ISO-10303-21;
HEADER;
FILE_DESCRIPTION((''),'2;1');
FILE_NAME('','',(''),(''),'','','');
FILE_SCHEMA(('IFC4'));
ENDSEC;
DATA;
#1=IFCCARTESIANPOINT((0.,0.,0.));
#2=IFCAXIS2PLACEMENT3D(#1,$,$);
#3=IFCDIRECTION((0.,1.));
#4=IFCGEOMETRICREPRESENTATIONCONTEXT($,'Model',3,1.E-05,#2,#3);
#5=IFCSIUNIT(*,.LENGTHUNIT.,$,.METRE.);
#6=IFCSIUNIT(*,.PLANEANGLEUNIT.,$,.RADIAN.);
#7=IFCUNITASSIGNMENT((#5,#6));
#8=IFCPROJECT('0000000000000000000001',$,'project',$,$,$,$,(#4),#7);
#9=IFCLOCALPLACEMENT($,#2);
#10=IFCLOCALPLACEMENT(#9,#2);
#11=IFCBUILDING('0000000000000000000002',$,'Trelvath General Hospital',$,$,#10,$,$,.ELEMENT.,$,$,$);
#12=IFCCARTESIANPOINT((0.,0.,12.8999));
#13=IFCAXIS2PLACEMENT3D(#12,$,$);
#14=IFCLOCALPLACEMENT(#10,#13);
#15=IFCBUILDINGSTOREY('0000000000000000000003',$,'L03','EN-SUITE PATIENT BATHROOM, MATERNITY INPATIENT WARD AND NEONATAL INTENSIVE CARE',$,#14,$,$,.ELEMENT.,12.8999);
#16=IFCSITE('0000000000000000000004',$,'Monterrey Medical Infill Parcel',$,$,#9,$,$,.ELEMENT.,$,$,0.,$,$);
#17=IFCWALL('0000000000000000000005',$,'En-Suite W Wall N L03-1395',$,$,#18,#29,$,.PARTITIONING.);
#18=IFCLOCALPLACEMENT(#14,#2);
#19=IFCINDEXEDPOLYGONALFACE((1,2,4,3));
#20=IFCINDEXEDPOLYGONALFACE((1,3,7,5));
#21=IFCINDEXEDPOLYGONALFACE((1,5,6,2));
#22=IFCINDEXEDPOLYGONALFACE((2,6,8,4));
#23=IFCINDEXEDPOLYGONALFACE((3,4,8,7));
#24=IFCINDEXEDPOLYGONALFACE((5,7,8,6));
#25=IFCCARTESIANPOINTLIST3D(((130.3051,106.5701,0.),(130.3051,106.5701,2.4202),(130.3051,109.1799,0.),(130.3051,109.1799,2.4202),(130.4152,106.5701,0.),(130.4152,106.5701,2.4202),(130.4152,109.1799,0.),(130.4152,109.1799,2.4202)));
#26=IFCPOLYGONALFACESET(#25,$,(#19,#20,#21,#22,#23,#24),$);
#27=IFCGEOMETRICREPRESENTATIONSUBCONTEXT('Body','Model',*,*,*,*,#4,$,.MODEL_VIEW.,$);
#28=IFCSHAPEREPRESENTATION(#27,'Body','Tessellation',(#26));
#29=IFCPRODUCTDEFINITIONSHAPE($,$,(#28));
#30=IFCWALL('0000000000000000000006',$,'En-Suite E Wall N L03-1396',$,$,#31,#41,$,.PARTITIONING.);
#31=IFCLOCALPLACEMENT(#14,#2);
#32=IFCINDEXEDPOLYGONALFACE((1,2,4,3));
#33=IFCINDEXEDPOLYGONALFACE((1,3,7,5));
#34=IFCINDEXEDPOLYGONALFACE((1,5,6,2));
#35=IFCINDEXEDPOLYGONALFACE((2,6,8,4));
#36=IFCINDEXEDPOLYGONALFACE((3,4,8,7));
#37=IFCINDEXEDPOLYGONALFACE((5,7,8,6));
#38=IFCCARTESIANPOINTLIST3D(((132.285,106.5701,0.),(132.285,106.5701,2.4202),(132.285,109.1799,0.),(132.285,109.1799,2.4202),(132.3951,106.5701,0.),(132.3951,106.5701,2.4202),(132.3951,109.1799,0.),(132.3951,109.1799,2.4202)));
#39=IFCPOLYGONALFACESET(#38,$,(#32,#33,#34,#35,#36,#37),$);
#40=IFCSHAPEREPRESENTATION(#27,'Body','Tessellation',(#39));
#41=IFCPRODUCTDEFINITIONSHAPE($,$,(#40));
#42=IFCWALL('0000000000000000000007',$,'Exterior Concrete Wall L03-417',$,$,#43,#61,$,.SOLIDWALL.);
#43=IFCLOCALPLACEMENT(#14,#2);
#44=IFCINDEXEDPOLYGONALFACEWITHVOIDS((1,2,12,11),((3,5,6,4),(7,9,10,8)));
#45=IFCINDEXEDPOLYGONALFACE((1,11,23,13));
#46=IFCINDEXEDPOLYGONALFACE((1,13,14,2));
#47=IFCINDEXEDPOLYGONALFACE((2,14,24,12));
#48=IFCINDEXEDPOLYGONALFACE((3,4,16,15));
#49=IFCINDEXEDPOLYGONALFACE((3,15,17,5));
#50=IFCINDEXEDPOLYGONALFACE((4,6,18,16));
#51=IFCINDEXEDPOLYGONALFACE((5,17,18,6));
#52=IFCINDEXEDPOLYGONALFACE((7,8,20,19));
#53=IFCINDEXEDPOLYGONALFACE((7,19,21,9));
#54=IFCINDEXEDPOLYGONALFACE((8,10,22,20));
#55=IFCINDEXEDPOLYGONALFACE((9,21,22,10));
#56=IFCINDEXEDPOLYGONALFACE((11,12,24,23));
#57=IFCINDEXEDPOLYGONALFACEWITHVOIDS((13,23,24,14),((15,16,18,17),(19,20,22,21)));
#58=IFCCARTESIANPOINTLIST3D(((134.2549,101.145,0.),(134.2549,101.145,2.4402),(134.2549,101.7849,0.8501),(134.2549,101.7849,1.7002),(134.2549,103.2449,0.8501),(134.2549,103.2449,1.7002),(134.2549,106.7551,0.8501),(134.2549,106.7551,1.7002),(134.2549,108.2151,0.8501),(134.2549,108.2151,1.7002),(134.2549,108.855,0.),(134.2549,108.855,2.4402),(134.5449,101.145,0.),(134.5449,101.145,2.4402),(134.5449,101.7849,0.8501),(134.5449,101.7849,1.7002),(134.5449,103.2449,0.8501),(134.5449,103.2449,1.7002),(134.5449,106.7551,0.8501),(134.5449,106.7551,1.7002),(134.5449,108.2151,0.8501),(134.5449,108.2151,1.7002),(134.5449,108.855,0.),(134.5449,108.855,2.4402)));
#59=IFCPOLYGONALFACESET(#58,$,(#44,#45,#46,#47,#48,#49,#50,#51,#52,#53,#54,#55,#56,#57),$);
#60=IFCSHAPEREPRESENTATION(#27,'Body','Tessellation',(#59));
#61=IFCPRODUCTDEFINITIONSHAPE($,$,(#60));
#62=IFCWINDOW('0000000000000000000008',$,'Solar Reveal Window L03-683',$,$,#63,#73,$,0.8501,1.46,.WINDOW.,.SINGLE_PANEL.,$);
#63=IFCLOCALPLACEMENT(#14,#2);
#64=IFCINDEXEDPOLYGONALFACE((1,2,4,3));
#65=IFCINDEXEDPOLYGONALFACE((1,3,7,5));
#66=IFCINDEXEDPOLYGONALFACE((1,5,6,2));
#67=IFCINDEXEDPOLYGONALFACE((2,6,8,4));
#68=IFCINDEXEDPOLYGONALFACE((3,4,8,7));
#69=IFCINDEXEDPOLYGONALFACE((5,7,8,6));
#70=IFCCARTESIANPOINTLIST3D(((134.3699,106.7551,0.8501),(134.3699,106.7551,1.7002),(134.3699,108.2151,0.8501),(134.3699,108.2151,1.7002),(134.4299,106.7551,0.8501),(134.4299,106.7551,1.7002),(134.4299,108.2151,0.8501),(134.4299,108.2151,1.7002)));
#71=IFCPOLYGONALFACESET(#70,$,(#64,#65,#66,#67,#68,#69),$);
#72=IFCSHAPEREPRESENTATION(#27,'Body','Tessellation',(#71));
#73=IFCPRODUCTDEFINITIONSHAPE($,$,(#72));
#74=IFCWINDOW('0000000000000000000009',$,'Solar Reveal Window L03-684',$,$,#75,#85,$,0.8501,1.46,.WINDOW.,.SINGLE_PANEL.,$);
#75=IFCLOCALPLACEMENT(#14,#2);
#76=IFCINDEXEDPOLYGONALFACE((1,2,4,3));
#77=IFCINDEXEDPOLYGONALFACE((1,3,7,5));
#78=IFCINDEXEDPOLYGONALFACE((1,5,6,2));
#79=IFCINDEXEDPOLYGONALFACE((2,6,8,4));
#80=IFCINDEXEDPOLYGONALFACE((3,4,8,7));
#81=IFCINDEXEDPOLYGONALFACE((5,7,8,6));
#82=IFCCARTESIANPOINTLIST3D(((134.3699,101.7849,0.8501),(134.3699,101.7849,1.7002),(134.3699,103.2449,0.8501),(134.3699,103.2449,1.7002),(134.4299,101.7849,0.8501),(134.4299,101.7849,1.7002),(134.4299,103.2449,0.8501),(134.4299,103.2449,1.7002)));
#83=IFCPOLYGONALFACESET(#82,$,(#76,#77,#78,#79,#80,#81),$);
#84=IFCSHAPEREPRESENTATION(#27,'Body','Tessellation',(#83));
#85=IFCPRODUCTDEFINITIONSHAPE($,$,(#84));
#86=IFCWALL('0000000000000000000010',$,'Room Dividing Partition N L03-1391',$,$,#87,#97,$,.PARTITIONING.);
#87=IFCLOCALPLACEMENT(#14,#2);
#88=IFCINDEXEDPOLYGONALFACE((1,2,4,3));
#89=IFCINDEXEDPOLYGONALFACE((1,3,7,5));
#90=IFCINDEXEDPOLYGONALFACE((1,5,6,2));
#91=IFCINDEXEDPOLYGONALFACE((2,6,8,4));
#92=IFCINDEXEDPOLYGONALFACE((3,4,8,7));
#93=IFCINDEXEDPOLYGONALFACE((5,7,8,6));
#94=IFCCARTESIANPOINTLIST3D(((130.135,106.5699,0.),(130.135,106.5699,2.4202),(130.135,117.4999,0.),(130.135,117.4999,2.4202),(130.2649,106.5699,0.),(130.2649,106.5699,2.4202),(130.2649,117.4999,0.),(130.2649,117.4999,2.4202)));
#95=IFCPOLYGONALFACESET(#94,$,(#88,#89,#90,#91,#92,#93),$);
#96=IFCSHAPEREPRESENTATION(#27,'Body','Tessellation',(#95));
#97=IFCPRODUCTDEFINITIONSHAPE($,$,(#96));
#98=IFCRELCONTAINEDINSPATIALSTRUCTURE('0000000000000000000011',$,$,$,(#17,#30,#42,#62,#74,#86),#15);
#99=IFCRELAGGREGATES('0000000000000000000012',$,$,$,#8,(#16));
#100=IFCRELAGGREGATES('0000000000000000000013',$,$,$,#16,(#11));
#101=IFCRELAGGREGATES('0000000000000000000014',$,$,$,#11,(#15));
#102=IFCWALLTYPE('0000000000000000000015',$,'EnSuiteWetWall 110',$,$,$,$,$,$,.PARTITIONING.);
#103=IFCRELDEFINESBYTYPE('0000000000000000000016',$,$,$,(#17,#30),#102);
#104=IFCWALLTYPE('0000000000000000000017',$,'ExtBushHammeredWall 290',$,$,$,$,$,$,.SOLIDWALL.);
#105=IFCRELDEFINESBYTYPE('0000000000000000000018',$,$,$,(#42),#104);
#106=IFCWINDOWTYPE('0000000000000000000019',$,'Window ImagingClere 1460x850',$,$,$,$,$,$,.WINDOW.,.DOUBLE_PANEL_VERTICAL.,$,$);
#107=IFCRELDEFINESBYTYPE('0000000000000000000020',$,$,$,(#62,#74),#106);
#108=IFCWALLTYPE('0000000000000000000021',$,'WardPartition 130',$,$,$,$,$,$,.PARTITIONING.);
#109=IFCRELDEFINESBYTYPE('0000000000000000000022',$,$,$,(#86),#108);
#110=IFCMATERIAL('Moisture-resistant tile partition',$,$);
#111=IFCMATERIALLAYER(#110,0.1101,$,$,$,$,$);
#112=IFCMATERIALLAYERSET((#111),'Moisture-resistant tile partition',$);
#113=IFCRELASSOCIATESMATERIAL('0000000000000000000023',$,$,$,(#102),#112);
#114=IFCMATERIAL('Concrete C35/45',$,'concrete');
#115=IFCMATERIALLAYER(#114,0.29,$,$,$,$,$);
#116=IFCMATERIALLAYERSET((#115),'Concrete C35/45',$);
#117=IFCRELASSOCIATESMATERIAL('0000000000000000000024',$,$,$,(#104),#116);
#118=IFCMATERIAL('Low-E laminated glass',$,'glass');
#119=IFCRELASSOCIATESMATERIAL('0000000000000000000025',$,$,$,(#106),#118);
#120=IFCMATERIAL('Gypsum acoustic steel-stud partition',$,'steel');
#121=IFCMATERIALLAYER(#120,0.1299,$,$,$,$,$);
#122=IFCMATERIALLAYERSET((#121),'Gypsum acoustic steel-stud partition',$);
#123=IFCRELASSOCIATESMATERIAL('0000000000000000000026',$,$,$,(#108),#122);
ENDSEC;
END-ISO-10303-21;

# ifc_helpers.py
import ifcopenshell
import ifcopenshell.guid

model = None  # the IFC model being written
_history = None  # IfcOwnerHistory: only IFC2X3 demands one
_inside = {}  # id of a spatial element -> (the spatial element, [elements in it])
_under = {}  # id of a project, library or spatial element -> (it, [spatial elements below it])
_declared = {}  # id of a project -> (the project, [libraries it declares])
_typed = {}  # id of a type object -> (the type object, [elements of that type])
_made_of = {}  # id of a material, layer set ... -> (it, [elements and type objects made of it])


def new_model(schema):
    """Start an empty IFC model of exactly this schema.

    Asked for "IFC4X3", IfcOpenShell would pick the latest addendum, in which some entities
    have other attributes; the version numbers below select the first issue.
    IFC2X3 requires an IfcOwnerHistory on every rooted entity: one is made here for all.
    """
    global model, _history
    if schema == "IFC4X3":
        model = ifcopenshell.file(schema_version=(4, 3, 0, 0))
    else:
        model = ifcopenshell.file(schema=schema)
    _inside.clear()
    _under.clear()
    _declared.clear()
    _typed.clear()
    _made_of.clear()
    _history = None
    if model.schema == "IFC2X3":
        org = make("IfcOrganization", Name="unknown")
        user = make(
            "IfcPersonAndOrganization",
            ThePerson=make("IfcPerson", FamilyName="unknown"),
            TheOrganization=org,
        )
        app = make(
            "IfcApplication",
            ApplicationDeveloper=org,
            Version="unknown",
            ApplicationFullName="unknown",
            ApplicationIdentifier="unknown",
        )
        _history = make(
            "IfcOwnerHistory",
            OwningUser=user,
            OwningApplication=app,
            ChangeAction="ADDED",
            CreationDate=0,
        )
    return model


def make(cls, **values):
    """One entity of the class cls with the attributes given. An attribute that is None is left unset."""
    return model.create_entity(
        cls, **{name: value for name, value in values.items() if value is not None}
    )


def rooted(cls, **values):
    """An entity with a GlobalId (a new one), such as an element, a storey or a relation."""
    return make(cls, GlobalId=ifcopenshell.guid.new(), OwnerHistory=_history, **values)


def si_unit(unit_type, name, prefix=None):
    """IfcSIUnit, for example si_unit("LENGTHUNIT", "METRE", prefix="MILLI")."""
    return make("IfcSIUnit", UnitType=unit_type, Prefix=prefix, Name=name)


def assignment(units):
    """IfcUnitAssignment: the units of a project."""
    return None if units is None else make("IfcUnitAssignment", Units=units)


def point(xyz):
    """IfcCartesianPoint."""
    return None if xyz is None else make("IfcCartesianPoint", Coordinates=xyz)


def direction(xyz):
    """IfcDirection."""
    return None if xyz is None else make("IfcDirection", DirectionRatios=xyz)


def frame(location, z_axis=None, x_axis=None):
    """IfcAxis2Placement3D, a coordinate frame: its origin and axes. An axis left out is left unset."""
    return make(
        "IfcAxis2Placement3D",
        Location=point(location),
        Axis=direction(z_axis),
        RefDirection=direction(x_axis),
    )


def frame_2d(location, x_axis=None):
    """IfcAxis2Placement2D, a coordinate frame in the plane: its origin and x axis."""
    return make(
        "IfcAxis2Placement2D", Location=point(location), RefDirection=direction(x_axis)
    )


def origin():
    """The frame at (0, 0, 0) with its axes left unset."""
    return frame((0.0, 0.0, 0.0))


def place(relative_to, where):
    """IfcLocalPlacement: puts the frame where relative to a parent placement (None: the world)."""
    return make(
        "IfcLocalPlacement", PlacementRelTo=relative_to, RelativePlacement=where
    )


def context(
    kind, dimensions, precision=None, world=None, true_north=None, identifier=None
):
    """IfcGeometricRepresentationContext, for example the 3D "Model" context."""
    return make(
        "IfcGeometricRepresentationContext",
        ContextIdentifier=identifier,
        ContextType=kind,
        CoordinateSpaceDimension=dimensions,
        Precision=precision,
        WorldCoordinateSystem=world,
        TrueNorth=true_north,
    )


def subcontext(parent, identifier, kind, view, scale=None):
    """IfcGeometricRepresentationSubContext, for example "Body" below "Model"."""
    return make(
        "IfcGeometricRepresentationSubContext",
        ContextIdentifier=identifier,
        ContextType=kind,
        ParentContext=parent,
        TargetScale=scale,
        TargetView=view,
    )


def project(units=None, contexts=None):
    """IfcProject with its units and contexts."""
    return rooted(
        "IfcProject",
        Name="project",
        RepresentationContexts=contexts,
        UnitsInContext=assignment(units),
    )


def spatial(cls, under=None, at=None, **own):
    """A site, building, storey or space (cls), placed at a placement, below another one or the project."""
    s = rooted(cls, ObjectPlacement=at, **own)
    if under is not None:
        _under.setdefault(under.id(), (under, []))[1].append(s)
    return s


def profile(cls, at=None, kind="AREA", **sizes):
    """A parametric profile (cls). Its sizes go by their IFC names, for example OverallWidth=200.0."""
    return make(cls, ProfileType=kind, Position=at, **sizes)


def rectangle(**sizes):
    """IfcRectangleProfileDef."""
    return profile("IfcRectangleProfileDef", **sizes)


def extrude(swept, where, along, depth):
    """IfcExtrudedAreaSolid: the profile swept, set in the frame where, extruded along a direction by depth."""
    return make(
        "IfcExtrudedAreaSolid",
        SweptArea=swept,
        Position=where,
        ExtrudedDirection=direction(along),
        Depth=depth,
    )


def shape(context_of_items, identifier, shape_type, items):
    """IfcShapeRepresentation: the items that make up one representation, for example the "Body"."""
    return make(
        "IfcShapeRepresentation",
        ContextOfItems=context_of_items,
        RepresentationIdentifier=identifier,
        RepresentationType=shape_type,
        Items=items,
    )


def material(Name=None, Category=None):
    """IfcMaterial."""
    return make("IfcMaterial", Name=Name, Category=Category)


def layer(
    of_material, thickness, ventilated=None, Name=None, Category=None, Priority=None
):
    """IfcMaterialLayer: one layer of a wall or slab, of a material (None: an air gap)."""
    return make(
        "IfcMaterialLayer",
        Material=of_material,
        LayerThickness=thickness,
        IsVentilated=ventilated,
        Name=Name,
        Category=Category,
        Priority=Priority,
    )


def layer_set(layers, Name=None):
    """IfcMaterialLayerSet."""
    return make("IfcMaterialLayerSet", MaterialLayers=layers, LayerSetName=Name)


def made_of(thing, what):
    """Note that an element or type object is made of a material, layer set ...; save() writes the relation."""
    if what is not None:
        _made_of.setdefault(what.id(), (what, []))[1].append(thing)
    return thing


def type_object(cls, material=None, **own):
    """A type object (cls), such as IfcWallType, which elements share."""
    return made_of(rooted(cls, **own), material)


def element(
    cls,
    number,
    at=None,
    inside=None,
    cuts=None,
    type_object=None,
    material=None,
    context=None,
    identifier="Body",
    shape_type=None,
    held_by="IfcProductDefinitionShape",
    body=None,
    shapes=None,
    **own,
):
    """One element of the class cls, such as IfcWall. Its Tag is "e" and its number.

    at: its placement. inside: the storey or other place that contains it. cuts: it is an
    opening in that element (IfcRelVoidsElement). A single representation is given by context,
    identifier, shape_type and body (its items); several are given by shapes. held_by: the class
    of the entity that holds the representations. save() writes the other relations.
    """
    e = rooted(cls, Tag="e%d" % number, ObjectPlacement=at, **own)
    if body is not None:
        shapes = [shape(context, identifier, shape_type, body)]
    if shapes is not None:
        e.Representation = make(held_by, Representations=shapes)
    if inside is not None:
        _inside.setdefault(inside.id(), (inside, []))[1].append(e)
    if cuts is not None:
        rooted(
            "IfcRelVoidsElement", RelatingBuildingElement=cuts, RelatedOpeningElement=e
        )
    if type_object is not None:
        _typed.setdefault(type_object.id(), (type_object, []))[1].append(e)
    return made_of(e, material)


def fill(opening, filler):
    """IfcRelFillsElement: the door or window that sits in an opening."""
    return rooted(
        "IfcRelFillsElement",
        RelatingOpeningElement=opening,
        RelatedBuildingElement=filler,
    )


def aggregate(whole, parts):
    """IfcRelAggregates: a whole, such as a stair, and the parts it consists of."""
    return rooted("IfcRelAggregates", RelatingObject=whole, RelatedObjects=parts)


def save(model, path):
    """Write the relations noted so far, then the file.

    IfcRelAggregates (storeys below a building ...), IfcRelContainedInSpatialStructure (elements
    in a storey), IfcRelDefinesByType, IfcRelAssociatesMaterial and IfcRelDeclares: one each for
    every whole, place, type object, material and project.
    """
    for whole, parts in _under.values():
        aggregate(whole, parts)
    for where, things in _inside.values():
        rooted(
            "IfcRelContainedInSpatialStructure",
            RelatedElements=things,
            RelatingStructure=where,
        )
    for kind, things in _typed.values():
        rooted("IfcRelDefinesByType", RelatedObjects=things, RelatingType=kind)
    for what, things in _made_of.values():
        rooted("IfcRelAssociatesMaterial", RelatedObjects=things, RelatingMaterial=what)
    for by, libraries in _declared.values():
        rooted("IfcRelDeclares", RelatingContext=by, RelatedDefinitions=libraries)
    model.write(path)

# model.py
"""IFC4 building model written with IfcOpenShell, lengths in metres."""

from ifc_helpers import new_model, si_unit, direction, frame, frame_2d, origin, place, context, subcontext, project, spatial, rectangle, extrude, material, layer, layer_set, type_object, element, fill, save


model = new_model("IFC4")

# Units and contexts
model_context = context("Model", 3, precision=1e-05, world=origin(), true_north=direction((0.0, 1.0)))
body_context = subcontext(model_context, "Body", "Model", "MODEL_VIEW")
ifc_project = project(units=[si_unit("LENGTHUNIT", "METRE"), si_unit("PLANEANGLEUNIT", "RADIAN")], contexts=[model_context])

# Site, building, storey
site_placement = place(None, origin())
site = spatial("IfcSite", under=ifc_project, at=site_placement, Name="Monterrey Medical Infill Parcel", CompositionType="ELEMENT", RefElevation=0.0)
building_placement = place(site_placement, origin())
building = spatial("IfcBuilding", under=site, at=building_placement, Name="Trelvath General Hospital", CompositionType="ELEMENT")
storey_placement = place(building_placement, frame((0.0, 0.0, 12.8999)))
storey = spatial("IfcBuildingStorey", under=building, at=storey_placement, Name="L03", Description="EN-SUITE PATIENT BATHROOM, MATERNITY INPATIENT WARD AND NEONATAL INTENSIVE CARE", CompositionType="ELEMENT", Elevation=12.8999)

# Shared definitions
ifc_material_1 = material(Name="Moisture-resistant tile partition")
ifc_layer_1 = layer(ifc_material_1, 0.1101)
ifc_layer_set_1 = layer_set([ifc_layer_1], Name="Moisture-resistant tile partition")
wall_type_1 = type_object("IfcWallType", Name="EnSuiteWetWall 110", PredefinedType="PARTITIONING", material=ifc_layer_set_1)

# Walls
for number, where, z_axis, x_axis, name in (
    (1, (130.3601, 106.5701, 0.0), (0.0, 0.0, 1.0), (0.0, 1.0, 0.0), "En-Suite W Wall N L03-1395"),
    (2, (132.3401, 106.5701, 0.0), (0.0, 0.0, 1.0), (0.0, 1.0, 0.0), "En-Suite E Wall N L03-1396"),
):
    element("IfcWall", number, at=place(storey_placement, frame(where, z_axis=z_axis, x_axis=x_axis)), inside=storey, type_object=wall_type_1, Name=name, PredefinedType="PARTITIONING", context=body_context, shape_type="SweptSolid", body=[
        extrude(rectangle(XDim=2.6099, YDim=0.1101, at=frame_2d((1.3049, 0.0))), origin(), (0.0, 0.0, 1.0), 2.4202),
    ])

# Wall, openings, windows
ifc_material_2 = material(Name="Concrete C35/45", Category="concrete")
ifc_layer_2 = layer(ifc_material_2, 0.29)
ifc_layer_set_2 = layer_set([ifc_layer_2], Name="Concrete C35/45")
wall_type_2 = type_object("IfcWallType", Name="ExtBushHammeredWall 290", PredefinedType="SOLIDWALL", material=ifc_layer_set_2)
wall_1_placement = place(storey_placement, frame((134.3999, 108.855, 0.0), z_axis=(0.0, 0.0, 1.0), x_axis=(0.0, -1.0, 0.0)))
wall_1 = element("IfcWall", 3, at=wall_1_placement, inside=storey, type_object=wall_type_2, Name="Exterior Concrete Wall L03-417", PredefinedType="SOLIDWALL", context=body_context, shape_type="SweptSolid", body=[
    extrude(rectangle(XDim=7.71, YDim=0.29, at=frame_2d((3.855, 0.0))), origin(), (0.0, 0.0, 1.0), 2.4402),
])
opening_1_placement = place(wall_1_placement, frame((0.6399, 0.0, 0.8501)))
opening_1 = element("IfcOpeningElement", 4, at=opening_1_placement, cuts=wall_1, PredefinedType="OPENING", context=body_context, shape_type="SweptSolid", body=[
    extrude(rectangle(XDim=1.46, YDim=0.8501, at=frame_2d((0.73, 0.425))), frame((0.0, 0.155, 0.0), z_axis=(0.0, -1.0, 0.0), x_axis=(1.0, 0.0, 0.0)), (0.0, 0.0, 1.0), 0.3101),
])
opening_2_placement = place(wall_1_placement, frame((5.6101, 0.0, 0.8501)))
opening_2 = element("IfcOpeningElement", 5, at=opening_2_placement, cuts=wall_1, PredefinedType="OPENING", context=body_context, shape_type="SweptSolid", body=[
    extrude(rectangle(XDim=1.46, YDim=0.8501, at=frame_2d((0.73, 0.425))), frame((0.0, 0.155, 0.0), z_axis=(0.0, -1.0, 0.0), x_axis=(1.0, 0.0, 0.0)), (0.0, 0.0, 1.0), 0.3101),
])
ifc_material_3 = material(Name="Low-E laminated glass", Category="glass")
window_type = type_object("IfcWindowType", Name="Window ImagingClere 1460x850", PartitioningType="DOUBLE_PANEL_VERTICAL", PredefinedType="WINDOW", material=ifc_material_3)
window_1_placement = place(opening_1_placement, origin())
window_1 = element("IfcWindow", 6, at=window_1_placement, inside=storey, type_object=window_type, Name="Solar Reveal Window L03-683", OverallHeight=0.8501, OverallWidth=1.46, PartitioningType="SINGLE_PANEL", PredefinedType="WINDOW", context=body_context, shape_type="SweptSolid", body=[
    extrude(rectangle(XDim=1.46, YDim=0.8501, at=frame_2d((0.73, 0.425))), frame((0.0, 0.03, 0.0), z_axis=(0.0, -1.0, 0.0), x_axis=(1.0, 0.0, 0.0)), (0.0, 0.0, 1.0), 0.0601),
])
fill(opening_1, window_1)
window_2_placement = place(opening_2_placement, origin())
window_2 = element("IfcWindow", 7, at=window_2_placement, inside=storey, type_object=window_type, Name="Solar Reveal Window L03-684", OverallHeight=0.8501, OverallWidth=1.46, PartitioningType="SINGLE_PANEL", PredefinedType="WINDOW", context=body_context, shape_type="SweptSolid", body=[
    extrude(rectangle(XDim=1.46, YDim=0.8501, at=frame_2d((0.73, 0.425))), frame((0.0, 0.03, 0.0), z_axis=(0.0, -1.0, 0.0), x_axis=(1.0, 0.0, 0.0)), (0.0, 0.0, 1.0), 0.0601),
])
fill(opening_2, window_2)

# Wall
ifc_material_4 = material(Name="Gypsum acoustic steel-stud partition", Category="steel")
ifc_layer_3 = layer(ifc_material_4, 0.1299)
ifc_layer_set_3 = layer_set([ifc_layer_3], Name="Gypsum acoustic steel-stud partition")
wall_type_3 = type_object("IfcWallType", Name="WardPartition 130", PredefinedType="PARTITIONING", material=ifc_layer_set_3)
wall_2_placement = place(storey_placement, frame((130.2, 106.5701, 0.0), z_axis=(0.0, 0.0, 1.0), x_axis=(0.0, 1.0, 0.0)))
element("IfcWall", 8, at=wall_2_placement, inside=storey, type_object=wall_type_3, Name="Room Dividing Partition N L03-1391", PredefinedType="PARTITIONING", context=body_context, shape_type="SweptSolid", body=[
    extrude(rectangle(XDim=10.9299, YDim=0.1299, at=frame_2d((5.4648, 0.0))), origin(), (0.0, 0.0, 1.0), 2.4202),
])

save(model, "model.ifc")
